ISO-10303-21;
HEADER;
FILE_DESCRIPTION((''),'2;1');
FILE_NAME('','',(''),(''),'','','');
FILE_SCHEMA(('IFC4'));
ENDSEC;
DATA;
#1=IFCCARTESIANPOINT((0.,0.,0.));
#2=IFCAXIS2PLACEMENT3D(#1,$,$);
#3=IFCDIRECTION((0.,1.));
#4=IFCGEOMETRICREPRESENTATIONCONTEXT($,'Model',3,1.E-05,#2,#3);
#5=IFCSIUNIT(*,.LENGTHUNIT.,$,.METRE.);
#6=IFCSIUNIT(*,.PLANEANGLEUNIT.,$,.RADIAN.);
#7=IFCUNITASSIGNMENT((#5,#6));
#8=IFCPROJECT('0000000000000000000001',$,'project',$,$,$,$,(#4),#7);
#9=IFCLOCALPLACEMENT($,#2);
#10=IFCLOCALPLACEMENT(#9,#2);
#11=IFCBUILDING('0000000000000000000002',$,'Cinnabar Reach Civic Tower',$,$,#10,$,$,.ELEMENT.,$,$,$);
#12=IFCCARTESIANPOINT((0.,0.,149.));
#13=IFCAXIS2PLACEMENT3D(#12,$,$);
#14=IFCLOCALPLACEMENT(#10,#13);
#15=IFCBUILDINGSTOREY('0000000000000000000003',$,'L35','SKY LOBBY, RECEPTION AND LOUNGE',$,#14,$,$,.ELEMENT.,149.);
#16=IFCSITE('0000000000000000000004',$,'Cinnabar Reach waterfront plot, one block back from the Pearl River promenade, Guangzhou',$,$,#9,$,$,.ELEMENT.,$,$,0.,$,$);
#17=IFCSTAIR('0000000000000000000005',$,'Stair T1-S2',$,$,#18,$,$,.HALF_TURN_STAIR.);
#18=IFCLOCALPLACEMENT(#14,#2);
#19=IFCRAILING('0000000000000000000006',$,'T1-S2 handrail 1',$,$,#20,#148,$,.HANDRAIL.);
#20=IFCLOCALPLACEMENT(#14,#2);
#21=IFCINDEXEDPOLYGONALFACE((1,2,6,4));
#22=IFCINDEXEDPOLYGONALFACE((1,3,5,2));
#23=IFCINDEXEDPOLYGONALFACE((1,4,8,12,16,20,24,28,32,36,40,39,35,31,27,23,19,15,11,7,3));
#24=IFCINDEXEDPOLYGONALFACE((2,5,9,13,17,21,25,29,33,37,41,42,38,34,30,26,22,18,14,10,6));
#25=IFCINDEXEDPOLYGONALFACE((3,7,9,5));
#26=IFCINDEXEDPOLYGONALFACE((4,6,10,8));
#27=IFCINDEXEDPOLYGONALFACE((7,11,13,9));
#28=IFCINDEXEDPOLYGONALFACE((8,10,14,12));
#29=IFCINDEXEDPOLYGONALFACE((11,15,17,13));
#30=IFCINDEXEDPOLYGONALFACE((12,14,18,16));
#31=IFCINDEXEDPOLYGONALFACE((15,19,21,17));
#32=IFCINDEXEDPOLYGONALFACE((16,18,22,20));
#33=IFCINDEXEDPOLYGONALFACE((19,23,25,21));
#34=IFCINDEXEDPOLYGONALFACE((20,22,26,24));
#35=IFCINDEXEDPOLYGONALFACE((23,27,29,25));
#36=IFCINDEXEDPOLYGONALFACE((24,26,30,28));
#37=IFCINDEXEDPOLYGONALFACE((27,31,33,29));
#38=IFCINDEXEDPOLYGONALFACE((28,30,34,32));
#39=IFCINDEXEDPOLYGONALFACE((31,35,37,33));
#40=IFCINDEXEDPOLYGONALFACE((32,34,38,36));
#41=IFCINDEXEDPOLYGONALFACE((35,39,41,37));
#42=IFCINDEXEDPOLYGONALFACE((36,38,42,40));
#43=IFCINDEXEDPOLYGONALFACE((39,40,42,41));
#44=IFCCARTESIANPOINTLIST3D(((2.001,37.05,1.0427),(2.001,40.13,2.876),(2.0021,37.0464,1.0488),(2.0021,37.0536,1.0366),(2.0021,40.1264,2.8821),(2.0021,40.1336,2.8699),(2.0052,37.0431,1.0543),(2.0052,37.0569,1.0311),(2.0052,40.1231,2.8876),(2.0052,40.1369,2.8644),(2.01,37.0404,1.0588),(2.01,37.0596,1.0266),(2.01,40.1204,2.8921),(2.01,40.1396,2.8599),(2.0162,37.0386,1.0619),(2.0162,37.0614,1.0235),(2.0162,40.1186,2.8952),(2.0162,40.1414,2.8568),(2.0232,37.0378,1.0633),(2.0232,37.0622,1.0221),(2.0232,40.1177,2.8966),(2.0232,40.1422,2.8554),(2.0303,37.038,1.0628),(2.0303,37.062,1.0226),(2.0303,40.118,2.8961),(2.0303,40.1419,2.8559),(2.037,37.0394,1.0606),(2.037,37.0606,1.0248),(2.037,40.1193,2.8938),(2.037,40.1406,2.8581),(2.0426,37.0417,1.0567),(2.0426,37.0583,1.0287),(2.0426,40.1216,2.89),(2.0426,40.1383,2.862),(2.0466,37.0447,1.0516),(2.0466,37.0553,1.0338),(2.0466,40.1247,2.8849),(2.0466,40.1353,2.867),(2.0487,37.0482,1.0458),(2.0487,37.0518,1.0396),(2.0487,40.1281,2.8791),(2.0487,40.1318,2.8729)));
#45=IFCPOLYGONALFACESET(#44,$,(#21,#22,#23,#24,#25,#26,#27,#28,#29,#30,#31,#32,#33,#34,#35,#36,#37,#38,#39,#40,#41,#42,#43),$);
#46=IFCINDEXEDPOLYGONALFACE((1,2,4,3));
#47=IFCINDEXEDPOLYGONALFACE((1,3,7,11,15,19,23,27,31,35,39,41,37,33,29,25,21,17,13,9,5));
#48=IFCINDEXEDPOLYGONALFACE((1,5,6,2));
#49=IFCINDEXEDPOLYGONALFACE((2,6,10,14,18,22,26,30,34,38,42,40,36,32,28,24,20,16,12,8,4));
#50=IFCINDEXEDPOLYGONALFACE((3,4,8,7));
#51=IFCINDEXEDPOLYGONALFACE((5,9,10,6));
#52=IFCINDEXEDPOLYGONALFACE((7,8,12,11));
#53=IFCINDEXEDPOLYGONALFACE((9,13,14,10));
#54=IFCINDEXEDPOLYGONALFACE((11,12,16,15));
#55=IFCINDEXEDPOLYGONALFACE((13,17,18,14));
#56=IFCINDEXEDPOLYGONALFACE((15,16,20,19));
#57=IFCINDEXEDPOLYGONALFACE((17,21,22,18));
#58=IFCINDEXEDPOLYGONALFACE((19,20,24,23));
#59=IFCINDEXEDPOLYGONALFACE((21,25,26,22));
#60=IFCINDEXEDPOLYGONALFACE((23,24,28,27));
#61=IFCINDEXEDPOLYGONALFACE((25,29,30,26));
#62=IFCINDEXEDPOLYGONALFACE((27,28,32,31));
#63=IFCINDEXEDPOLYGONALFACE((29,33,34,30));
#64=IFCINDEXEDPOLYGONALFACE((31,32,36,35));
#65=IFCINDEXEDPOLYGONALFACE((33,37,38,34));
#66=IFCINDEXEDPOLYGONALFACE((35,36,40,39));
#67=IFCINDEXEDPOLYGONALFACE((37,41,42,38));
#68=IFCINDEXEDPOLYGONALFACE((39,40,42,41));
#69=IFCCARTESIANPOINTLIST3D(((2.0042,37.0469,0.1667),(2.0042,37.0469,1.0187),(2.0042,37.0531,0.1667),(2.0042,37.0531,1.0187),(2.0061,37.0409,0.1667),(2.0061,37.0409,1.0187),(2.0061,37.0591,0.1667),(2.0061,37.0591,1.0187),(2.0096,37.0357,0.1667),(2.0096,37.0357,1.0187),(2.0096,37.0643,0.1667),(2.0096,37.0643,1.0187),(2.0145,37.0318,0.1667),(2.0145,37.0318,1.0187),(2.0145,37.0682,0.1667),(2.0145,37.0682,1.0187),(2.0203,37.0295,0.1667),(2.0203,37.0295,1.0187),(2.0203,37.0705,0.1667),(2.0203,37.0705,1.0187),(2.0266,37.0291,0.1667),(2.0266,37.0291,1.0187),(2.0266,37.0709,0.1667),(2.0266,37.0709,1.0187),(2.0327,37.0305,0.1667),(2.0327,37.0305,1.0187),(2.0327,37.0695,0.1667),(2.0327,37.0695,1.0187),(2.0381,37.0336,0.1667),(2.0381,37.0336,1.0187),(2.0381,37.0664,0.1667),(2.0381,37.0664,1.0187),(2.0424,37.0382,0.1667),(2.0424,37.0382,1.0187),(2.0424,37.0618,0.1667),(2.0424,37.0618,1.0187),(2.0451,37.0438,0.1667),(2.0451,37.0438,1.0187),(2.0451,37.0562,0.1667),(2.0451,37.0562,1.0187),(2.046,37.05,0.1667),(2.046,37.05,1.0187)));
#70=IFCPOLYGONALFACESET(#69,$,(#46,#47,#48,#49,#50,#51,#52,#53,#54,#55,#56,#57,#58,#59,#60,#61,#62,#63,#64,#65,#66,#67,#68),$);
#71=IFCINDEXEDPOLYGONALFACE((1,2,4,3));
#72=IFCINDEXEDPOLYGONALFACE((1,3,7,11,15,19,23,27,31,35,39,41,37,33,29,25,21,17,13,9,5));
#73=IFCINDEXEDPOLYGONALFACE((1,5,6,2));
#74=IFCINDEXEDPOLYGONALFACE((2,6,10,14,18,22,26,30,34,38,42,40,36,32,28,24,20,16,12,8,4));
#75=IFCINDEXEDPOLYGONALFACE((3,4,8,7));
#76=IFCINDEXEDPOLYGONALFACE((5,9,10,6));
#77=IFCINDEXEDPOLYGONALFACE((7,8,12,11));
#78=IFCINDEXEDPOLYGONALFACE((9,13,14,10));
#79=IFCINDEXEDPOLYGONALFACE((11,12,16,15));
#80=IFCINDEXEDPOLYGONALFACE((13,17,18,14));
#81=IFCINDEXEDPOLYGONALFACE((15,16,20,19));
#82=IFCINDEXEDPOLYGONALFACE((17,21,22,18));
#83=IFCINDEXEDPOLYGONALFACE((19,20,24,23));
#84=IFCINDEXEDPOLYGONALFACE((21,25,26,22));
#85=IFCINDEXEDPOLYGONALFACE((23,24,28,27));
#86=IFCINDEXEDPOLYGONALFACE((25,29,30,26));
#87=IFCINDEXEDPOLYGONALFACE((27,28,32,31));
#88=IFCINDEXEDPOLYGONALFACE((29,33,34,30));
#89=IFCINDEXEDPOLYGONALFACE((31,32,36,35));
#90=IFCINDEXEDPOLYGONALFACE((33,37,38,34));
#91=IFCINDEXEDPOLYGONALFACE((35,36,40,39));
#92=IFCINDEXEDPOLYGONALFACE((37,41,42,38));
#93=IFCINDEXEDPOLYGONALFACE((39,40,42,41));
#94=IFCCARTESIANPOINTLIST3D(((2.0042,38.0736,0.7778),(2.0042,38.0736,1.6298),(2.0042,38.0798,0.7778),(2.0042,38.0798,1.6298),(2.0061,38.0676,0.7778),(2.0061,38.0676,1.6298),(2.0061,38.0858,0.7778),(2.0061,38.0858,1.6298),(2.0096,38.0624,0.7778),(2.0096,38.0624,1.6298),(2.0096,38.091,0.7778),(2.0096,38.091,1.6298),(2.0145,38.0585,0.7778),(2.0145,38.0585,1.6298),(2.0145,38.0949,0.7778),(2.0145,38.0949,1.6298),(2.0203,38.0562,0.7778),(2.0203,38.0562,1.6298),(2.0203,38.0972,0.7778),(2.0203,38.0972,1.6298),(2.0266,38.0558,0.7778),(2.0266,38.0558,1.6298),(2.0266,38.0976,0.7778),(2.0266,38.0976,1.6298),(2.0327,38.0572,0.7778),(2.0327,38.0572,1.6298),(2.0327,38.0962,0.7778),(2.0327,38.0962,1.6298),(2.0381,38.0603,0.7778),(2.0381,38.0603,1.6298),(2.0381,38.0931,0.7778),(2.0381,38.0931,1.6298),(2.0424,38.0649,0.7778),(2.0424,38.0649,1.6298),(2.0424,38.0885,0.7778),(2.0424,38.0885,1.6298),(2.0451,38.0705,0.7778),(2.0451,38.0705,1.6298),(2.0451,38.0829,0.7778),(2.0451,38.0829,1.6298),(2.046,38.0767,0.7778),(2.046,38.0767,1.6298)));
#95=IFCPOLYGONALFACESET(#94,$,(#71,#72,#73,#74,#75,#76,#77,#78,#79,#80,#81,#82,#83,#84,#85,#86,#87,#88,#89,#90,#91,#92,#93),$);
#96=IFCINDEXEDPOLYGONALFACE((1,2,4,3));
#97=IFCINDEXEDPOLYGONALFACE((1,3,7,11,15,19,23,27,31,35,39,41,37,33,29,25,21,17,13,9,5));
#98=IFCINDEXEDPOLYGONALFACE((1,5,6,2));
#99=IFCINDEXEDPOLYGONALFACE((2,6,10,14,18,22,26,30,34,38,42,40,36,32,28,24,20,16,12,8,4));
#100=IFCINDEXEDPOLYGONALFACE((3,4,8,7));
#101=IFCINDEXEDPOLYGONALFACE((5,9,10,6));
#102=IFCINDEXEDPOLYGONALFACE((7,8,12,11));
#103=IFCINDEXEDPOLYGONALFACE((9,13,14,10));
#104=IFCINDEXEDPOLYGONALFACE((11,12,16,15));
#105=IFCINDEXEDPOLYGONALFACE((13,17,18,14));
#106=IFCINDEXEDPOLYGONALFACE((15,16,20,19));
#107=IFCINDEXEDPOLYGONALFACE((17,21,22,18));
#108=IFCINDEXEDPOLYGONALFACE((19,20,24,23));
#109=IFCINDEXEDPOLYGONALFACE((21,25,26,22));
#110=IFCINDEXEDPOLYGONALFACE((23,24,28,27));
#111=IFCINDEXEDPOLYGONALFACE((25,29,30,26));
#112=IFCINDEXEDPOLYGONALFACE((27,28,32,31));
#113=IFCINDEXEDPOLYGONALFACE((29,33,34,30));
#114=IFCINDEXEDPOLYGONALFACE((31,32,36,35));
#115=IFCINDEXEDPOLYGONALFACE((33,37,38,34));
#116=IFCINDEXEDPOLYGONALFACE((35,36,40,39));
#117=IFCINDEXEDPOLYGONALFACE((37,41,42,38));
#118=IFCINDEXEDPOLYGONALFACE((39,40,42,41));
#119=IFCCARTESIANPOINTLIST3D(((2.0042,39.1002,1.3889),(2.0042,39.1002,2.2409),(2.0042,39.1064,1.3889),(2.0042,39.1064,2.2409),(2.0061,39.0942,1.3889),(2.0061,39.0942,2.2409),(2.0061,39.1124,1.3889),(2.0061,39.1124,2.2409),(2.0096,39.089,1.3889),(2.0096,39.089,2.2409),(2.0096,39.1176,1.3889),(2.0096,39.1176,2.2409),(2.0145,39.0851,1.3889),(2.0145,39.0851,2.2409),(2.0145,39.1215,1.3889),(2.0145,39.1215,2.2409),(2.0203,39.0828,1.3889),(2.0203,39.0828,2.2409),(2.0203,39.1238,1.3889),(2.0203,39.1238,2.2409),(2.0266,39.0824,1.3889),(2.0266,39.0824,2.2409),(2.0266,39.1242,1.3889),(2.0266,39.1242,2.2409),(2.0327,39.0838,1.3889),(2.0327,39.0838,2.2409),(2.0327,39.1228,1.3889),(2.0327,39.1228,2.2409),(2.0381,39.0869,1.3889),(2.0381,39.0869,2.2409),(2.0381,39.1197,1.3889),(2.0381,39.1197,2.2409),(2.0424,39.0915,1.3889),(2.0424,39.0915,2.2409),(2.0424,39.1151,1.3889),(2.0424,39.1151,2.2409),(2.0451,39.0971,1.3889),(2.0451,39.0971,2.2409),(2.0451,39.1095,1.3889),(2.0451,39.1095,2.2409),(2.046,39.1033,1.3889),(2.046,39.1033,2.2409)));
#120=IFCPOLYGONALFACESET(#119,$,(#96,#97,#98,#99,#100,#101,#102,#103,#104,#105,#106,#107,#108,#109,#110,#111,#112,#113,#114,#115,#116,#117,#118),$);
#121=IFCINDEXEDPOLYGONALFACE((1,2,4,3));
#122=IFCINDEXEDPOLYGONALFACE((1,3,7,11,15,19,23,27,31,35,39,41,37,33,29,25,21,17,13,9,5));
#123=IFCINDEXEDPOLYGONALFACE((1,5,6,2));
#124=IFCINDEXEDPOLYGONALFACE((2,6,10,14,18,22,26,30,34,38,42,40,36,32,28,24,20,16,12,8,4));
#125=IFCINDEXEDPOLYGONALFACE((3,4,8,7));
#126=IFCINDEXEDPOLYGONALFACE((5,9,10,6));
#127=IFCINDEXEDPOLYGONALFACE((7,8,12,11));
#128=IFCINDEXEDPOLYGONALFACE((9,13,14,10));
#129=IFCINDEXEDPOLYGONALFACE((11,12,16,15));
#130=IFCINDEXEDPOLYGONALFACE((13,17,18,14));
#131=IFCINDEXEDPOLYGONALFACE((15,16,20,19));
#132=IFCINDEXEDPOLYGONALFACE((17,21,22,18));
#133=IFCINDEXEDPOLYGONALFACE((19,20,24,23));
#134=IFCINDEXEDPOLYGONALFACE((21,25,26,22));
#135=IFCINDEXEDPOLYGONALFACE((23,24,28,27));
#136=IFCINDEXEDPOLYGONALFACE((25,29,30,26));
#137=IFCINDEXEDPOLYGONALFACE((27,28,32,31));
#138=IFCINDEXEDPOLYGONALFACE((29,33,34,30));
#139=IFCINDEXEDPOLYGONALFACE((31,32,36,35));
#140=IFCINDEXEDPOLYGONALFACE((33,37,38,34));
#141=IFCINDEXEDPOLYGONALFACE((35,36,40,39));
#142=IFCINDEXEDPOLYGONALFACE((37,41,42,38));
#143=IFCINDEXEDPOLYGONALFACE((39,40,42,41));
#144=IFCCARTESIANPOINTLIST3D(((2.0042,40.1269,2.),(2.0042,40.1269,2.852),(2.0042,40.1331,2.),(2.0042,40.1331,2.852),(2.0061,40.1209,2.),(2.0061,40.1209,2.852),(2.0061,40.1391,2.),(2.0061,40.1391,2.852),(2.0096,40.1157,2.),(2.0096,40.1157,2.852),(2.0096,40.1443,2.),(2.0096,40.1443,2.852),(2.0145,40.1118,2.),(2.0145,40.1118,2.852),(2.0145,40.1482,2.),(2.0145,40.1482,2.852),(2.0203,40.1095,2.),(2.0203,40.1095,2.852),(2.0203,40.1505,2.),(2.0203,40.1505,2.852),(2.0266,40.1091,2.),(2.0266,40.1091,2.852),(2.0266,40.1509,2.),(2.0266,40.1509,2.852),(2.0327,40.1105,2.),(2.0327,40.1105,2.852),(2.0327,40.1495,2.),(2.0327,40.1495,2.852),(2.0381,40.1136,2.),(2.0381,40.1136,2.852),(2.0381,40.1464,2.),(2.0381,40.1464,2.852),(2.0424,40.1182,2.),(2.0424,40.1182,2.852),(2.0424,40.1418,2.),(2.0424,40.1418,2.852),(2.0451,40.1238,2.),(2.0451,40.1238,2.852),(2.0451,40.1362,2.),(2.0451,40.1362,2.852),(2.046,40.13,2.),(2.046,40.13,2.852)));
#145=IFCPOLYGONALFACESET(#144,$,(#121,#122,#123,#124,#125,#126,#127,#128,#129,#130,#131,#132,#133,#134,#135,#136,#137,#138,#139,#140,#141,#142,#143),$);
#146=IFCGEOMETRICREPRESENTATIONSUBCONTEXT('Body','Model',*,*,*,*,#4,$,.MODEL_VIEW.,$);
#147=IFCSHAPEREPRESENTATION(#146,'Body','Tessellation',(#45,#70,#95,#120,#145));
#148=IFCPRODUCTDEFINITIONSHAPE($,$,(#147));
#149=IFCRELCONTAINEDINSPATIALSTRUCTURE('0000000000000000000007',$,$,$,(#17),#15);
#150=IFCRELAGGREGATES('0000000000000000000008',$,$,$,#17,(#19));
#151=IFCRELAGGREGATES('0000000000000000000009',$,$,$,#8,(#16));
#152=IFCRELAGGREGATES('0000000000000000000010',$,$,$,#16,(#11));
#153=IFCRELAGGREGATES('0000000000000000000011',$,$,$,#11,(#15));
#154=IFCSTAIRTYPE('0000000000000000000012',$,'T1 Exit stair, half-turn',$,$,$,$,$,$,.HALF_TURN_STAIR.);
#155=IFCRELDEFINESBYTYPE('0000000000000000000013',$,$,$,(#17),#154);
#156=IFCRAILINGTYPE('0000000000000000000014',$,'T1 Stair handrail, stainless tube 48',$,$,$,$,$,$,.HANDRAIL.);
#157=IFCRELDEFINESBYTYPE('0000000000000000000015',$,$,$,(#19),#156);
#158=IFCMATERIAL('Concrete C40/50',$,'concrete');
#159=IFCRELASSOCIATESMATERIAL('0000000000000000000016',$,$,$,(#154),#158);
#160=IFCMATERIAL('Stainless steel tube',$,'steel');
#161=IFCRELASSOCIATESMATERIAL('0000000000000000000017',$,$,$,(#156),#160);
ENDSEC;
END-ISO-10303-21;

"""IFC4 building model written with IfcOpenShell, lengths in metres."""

from ifc_helpers import new_model, si_unit, direction, frame, origin, origin_2d, place, context, subcontext, project, spatial, circle, extrude, material, type_object, element, aggregate, save


model = new_model("IFC4")

# Units and contexts
model_context = context("Model", 3, precision=1e-05, world=origin(), true_north=direction((0.0, 1.0)))
body_context = subcontext(model_context, "Body", "Model", "MODEL_VIEW")
ifc_project = project(units=[si_unit("LENGTHUNIT", "METRE"), si_unit("PLANEANGLEUNIT", "RADIAN")], contexts=[model_context])

# Site, building, storey
site_placement = place(None, origin())
site = spatial("IfcSite", under=ifc_project, at=site_placement, Name="Cinnabar Reach waterfront plot, one block back from the Pearl River promenade, Guangzhou", CompositionType="ELEMENT", RefElevation=0.0)
building_placement = place(site_placement, origin())
building = spatial("IfcBuilding", under=site, at=building_placement, Name="Cinnabar Reach Civic Tower", CompositionType="ELEMENT")
storey_placement = place(building_placement, frame((0.0, 0.0, 149.0)))
storey = spatial("IfcBuildingStorey", under=building, at=storey_placement, Name="L35", Description="SKY LOBBY, RECEPTION AND LOUNGE", CompositionType="ELEMENT", Elevation=149.0)

# Shared definitions
ifc_material_1 = material(Name="Concrete C40/50", Category="concrete")

# Stair, railing
stair_type = type_object("IfcStairType", Name="T1 Exit stair, half-turn", PredefinedType="HALF_TURN_STAIR", material=ifc_material_1)
stair_placement = place(storey_placement, origin())
stair = element("IfcStair", 1, at=stair_placement, inside=storey, type_object=stair_type, Name="Stair T1-S2", PredefinedType="HALF_TURN_STAIR")
ifc_material_2 = material(Name="Stainless steel tube", Category="steel")
railing_type = type_object("IfcRailingType", Name="T1 Stair handrail, stainless tube 48", PredefinedType="HANDRAIL", material=ifc_material_2)
railing_1_placement = place(storey_placement, frame((2.025, 37.05, 0.1667)))
railing_1 = element("IfcRailing", 2, at=railing_1_placement, type_object=railing_type, Name="T1-S2 handrail 1", PredefinedType="HANDRAIL", context=body_context, shape_type="SweptSolid", body=[
    extrude(circle(Radius=0.024, at=origin_2d()), frame((0.0, 0.0, 0.876), z_axis=(0.0, 0.859297, 0.511477), x_axis=(-1.0, 0.0, 0.0)), (0.0, 0.0, 1.0), 3.5843),
    extrude(circle(Radius=0.021, at=origin_2d()), origin(), (0.0, 0.0, 1.0), 0.852),
    extrude(circle(Radius=0.021, at=origin_2d()), frame((0.0, 1.0267, 0.6111)), (0.0, 0.0, 1.0), 0.852),
    extrude(circle(Radius=0.021, at=origin_2d()), frame((0.0, 2.0533, 1.2222)), (0.0, 0.0, 1.0), 0.852),
    extrude(circle(Radius=0.021, at=origin_2d()), frame((0.0, 3.08, 1.8333)), (0.0, 0.0, 1.0), 0.852),
])
aggregate(stair, [railing_1])

save(model, "model.ifc")
